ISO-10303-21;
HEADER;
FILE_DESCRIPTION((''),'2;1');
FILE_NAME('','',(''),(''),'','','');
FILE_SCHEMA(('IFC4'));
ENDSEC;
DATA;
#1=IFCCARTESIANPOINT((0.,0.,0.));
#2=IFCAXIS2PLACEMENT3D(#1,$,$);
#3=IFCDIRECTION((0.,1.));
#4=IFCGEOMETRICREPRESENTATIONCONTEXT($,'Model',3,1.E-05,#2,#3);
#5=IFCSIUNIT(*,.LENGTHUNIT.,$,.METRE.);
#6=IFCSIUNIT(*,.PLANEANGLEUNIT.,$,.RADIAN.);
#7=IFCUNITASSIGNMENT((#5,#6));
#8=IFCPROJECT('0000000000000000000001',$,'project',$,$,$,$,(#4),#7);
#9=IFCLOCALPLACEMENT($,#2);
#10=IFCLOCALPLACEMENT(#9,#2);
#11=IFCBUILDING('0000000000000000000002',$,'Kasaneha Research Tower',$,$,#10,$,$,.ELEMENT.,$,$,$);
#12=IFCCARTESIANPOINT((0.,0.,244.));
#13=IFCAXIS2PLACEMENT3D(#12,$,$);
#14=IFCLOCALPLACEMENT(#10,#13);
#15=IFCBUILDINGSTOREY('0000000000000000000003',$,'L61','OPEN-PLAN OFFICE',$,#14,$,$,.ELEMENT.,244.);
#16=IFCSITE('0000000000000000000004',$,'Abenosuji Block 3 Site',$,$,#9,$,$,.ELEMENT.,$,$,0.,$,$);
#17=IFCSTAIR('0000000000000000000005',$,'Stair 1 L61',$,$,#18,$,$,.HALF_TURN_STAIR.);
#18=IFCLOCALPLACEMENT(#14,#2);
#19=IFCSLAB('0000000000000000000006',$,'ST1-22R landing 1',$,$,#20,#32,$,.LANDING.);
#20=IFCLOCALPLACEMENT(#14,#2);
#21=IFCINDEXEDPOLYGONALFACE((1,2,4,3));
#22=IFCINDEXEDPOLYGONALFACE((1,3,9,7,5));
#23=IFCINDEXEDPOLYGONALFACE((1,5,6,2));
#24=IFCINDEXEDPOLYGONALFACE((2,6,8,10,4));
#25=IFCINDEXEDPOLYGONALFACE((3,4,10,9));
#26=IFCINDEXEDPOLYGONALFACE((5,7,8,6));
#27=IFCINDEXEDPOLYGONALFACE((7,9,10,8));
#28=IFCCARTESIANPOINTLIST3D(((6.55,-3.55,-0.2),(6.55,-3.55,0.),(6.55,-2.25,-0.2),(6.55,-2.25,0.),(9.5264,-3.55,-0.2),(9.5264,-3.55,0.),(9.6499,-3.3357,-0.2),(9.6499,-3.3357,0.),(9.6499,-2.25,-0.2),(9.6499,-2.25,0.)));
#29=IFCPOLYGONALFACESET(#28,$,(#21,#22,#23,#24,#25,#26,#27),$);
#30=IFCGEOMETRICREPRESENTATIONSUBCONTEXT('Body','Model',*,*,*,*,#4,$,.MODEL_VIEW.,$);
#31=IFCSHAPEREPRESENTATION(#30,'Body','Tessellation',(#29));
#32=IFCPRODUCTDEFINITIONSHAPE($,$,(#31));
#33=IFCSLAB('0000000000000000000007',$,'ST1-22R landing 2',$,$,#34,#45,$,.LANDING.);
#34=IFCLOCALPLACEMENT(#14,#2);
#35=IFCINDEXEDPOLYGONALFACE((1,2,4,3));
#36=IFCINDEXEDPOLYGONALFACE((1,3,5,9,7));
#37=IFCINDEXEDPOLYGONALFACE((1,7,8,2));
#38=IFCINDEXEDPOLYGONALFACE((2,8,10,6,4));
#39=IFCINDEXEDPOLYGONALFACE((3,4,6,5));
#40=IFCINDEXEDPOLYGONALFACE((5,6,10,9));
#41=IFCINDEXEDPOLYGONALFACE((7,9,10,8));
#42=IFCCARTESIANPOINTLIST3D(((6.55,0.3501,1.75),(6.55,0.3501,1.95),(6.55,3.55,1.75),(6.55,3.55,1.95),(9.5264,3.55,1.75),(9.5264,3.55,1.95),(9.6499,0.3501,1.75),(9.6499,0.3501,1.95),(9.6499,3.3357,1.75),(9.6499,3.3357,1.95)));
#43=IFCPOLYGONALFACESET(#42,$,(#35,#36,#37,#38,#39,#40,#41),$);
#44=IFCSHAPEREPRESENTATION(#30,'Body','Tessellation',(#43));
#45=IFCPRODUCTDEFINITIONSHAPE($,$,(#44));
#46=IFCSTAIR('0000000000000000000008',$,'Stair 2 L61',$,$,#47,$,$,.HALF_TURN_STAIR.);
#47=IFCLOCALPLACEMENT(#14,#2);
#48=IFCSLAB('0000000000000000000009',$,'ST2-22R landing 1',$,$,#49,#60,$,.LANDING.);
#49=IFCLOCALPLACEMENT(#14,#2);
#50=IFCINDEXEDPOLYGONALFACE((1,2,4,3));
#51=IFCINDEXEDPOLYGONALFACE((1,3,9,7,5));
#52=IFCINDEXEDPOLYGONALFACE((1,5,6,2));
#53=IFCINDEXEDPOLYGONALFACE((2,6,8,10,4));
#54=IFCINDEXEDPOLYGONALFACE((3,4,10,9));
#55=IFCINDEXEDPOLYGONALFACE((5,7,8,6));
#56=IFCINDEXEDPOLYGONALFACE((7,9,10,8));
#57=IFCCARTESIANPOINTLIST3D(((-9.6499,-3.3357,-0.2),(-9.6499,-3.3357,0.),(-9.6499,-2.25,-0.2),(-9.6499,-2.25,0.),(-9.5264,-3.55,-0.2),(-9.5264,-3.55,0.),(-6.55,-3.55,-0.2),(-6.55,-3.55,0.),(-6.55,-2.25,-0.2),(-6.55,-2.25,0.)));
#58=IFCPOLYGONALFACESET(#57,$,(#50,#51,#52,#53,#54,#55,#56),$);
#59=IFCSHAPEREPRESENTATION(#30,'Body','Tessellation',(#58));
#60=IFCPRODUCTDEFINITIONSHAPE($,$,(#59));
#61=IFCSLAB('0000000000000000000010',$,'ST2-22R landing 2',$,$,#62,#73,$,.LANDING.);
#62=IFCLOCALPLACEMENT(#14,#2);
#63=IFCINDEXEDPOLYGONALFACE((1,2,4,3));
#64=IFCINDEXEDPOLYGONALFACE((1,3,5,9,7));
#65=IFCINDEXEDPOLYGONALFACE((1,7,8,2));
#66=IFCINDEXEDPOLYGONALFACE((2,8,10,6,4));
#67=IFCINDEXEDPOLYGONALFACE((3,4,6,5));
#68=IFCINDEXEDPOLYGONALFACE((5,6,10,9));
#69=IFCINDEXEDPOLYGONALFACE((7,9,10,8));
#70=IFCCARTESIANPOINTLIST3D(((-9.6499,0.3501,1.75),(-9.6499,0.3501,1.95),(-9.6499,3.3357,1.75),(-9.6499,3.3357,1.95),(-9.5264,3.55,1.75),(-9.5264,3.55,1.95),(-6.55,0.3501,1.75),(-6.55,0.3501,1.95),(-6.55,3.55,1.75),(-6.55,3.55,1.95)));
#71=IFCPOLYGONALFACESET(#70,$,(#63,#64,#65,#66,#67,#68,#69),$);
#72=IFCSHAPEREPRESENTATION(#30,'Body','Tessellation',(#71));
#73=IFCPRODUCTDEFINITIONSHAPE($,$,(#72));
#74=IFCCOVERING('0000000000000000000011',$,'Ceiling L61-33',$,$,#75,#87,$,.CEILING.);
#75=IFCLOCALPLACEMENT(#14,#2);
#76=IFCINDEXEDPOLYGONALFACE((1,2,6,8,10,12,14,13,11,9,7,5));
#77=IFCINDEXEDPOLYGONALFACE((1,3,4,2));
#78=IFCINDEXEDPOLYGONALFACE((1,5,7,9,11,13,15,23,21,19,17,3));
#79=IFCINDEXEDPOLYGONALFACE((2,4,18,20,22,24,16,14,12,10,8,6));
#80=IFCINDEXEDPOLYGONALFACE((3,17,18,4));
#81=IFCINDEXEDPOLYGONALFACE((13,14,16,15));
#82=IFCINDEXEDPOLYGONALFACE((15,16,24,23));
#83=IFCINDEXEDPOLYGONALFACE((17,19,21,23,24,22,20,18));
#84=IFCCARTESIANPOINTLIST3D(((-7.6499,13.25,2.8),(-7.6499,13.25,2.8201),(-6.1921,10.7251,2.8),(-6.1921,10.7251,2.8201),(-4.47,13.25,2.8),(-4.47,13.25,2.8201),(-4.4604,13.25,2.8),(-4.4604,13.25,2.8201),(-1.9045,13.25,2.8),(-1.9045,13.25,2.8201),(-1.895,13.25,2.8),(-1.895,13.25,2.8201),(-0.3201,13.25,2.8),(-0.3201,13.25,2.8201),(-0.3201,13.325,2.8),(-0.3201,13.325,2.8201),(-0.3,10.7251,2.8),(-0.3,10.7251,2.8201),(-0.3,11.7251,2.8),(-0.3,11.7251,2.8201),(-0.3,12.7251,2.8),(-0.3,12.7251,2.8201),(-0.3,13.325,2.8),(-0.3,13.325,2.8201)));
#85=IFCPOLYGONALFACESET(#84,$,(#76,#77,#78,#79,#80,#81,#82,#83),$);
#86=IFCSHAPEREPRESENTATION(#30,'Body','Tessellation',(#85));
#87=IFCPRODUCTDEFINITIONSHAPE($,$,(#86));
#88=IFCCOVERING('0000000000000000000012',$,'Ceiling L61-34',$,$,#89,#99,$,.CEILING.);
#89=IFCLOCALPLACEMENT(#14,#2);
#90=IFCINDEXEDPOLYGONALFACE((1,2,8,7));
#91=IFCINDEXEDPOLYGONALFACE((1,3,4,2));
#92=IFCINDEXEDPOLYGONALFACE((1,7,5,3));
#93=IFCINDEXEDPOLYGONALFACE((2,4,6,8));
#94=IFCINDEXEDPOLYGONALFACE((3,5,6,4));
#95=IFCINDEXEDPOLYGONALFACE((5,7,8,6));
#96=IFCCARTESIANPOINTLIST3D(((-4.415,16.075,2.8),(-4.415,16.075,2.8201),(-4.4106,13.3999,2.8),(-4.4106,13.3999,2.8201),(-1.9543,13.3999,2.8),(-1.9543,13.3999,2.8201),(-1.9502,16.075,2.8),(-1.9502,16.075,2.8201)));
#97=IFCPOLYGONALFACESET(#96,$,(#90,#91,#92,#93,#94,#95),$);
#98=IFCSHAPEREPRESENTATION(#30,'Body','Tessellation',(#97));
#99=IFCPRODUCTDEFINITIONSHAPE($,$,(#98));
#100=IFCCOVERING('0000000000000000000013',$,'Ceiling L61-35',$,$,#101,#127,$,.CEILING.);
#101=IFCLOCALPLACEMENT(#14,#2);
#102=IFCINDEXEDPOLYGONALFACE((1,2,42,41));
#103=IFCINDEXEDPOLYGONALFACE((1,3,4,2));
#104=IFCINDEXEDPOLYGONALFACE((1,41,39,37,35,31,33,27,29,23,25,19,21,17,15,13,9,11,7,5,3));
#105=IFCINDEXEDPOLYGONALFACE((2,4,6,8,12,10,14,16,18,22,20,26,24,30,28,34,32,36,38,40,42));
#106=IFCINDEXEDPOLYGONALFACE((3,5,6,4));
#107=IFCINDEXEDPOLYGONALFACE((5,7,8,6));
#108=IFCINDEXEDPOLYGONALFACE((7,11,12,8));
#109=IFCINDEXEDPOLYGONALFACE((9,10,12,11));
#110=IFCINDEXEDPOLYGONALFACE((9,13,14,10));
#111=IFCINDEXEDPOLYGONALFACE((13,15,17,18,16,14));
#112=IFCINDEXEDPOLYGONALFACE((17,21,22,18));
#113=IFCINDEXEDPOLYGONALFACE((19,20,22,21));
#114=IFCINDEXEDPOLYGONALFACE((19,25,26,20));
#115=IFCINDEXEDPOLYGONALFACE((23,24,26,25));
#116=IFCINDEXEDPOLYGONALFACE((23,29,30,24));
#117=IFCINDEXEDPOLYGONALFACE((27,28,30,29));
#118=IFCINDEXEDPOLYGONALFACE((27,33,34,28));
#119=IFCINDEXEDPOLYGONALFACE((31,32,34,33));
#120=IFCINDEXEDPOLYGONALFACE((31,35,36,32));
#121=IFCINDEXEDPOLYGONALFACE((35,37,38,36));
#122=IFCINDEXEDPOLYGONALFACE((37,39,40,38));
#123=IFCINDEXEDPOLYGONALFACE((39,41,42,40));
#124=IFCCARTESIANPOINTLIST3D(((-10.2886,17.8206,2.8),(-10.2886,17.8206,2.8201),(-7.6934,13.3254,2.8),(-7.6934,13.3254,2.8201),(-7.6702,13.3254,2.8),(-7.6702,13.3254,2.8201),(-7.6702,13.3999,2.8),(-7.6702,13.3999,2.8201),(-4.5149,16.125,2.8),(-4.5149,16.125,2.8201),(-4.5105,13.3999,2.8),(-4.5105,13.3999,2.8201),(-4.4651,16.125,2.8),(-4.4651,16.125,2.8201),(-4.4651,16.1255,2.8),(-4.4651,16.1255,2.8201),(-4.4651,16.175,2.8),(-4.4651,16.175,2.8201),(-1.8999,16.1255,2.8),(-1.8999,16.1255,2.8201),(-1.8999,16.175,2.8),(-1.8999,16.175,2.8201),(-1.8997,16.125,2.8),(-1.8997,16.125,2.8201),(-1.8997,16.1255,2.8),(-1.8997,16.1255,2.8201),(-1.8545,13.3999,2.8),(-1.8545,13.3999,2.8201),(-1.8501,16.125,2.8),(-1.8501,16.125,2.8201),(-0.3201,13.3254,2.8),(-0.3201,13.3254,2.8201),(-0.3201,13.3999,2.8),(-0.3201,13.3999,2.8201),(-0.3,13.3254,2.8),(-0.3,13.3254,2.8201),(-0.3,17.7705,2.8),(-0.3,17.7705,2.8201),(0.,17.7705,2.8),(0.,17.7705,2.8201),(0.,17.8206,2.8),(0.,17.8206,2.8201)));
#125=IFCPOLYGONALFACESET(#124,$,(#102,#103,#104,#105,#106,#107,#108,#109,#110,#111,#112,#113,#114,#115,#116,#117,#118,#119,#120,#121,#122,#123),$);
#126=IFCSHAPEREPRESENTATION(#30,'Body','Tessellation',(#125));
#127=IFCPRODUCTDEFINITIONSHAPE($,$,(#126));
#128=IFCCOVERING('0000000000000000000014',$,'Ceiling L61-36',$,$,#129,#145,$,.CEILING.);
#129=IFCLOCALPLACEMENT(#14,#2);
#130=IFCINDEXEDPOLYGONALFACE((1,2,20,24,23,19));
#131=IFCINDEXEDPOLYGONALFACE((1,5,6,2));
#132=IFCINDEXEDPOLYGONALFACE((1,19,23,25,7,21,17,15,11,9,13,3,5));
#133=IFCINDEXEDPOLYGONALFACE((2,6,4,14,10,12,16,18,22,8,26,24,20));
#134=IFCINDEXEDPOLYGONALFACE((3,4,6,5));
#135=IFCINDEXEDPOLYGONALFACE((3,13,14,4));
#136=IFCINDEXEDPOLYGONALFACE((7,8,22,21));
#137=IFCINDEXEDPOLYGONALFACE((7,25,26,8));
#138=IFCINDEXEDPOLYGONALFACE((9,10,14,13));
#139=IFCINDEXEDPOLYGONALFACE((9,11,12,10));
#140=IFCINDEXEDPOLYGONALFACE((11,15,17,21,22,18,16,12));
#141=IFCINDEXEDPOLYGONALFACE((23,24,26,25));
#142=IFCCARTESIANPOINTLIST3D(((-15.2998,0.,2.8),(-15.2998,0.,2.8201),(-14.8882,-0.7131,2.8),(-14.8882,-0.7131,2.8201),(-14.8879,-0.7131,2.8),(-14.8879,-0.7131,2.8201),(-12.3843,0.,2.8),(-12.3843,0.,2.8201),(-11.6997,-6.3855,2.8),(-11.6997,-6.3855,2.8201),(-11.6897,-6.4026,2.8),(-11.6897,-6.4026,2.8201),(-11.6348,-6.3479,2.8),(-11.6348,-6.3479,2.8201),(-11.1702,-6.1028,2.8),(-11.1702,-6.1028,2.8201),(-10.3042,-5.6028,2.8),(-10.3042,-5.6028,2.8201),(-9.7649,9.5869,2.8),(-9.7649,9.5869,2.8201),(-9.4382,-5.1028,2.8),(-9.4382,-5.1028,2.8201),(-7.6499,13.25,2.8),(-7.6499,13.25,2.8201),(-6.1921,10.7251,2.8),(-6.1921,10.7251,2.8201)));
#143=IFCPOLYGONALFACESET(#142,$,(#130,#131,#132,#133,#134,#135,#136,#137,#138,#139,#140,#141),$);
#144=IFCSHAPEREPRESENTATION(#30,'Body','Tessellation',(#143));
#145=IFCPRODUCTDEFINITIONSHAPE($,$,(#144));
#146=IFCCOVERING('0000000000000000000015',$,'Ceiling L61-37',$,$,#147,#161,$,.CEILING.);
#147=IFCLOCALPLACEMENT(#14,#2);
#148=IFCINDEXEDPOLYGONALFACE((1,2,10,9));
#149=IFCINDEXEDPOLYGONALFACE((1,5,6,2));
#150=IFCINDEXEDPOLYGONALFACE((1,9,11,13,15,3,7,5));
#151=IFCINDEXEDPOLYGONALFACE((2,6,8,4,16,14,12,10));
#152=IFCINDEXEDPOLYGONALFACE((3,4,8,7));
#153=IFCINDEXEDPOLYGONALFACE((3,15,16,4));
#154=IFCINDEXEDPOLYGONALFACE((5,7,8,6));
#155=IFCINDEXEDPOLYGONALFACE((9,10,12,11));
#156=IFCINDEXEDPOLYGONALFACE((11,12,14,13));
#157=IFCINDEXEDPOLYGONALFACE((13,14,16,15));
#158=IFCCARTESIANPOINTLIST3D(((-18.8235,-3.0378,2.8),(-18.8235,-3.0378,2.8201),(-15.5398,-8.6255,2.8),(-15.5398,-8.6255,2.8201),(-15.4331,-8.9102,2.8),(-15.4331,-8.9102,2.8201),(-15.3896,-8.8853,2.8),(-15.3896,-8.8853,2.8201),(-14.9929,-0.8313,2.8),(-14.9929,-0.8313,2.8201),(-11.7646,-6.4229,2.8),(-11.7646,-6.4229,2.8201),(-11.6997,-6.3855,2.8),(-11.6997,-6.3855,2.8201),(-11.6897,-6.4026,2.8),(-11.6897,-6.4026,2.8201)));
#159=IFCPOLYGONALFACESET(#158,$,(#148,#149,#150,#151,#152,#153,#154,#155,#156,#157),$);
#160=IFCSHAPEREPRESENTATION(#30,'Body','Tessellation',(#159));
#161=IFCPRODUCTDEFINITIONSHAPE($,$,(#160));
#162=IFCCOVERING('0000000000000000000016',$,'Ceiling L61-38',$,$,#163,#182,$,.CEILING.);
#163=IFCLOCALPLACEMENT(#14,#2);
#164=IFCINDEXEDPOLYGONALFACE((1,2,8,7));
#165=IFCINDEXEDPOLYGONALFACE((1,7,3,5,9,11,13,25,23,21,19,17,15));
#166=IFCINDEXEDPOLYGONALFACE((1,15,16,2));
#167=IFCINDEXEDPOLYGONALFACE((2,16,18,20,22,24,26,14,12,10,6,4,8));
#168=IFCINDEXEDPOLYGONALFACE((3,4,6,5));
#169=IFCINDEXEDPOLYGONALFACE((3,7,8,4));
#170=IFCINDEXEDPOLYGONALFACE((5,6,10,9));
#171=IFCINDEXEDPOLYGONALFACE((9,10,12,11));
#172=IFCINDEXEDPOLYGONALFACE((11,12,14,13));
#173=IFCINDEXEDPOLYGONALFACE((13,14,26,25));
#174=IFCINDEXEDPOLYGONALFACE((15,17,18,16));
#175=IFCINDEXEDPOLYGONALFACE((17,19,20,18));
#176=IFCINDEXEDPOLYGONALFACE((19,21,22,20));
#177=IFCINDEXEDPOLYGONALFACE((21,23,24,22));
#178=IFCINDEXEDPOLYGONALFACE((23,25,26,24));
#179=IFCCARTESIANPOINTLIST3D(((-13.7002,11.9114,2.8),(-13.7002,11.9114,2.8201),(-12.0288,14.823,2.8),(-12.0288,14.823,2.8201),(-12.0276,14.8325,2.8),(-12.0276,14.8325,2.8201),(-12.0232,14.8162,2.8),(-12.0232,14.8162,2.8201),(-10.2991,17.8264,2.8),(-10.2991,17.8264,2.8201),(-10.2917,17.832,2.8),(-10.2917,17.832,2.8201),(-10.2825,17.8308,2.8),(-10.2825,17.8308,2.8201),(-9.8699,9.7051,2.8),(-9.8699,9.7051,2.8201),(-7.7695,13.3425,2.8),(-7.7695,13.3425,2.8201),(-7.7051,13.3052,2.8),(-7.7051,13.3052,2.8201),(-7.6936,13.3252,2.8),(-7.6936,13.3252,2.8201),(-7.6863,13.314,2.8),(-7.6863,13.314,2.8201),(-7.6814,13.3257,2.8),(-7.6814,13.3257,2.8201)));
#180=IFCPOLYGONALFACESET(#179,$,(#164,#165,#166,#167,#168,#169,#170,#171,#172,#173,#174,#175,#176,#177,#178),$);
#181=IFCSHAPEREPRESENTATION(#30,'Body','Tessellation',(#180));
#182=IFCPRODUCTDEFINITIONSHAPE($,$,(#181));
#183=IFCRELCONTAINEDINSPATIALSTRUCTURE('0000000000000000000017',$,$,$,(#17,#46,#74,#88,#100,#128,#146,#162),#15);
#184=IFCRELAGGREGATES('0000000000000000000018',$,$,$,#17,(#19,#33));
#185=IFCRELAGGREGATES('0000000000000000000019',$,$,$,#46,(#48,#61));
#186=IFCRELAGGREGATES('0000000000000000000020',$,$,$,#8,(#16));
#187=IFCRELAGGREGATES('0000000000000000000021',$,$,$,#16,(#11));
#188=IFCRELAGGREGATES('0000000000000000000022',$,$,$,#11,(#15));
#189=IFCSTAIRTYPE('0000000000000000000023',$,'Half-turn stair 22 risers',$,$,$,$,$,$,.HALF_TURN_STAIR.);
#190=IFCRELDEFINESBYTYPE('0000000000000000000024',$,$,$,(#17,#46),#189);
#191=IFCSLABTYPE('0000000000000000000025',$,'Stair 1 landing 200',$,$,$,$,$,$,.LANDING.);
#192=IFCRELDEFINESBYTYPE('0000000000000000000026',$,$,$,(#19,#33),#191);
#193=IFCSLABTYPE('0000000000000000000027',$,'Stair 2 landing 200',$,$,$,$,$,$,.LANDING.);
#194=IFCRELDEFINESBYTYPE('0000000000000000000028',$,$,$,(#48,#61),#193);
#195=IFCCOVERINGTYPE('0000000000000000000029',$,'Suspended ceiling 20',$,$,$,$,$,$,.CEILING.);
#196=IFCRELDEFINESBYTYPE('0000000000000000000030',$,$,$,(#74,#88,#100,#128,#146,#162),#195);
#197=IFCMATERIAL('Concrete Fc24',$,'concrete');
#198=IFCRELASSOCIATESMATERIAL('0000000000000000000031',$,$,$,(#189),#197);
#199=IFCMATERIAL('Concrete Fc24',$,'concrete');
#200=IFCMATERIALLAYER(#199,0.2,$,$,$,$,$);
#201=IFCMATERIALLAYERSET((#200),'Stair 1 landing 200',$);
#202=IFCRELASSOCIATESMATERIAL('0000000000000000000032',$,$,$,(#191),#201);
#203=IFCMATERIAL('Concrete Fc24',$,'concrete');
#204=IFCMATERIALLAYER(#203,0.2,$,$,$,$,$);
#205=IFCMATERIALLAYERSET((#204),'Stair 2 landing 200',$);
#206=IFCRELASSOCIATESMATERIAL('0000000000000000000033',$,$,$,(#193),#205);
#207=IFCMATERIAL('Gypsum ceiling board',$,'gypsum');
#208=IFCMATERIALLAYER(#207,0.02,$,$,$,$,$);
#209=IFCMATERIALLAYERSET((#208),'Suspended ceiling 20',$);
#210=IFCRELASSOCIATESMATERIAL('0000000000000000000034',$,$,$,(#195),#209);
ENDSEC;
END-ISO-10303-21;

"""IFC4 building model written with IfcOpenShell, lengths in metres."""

from ifc_helpers import new_model, si_unit, direction, frame, origin, place, context, subcontext, project, spatial, polyline, outline, extrude, material, layer, layer_set, type_object, element, aggregate, save


model = new_model("IFC4")

# Units and contexts
model_context = context("Model", 3, precision=1e-05, world=origin(), true_north=direction((0.0, 1.0)))
body_context = subcontext(model_context, "Body", "Model", "MODEL_VIEW")
ifc_project = project(units=[si_unit("LENGTHUNIT", "METRE"), si_unit("PLANEANGLEUNIT", "RADIAN")], contexts=[model_context])

# Site, building, storey
site_placement = place(None, origin())
site = spatial("IfcSite", under=ifc_project, at=site_placement, Name="Abenosuji Block 3 Site", CompositionType="ELEMENT", RefElevation=0.0)
building_placement = place(site_placement, origin())
building = spatial("IfcBuilding", under=site, at=building_placement, Name="Kasaneha Research Tower", CompositionType="ELEMENT")
storey_placement = place(building_placement, frame((0.0, 0.0, 244.0)))
storey = spatial("IfcBuildingStorey", under=building, at=storey_placement, Name="L61", Description="OPEN-PLAN OFFICE", CompositionType="ELEMENT", Elevation=244.0)

# Stairs, slabs
ifc_material_1 = material(Name="Concrete Fc24", Category="concrete")
stair_type = type_object("IfcStairType", Name="Half-turn stair 22 risers", PredefinedType="HALF_TURN_STAIR", material=ifc_material_1)
stair_1_placement = place(storey_placement, origin())
stair_1 = element("IfcStair", 1, at=stair_1_placement, inside=storey, type_object=stair_type, Name="Stair 1 L61", PredefinedType="HALF_TURN_STAIR")
ifc_material_2 = material(Name="Concrete Fc24", Category="concrete")
ifc_layer_1 = layer(ifc_material_2, 0.2)
ifc_layer_set_1 = layer_set([ifc_layer_1], Name="Stair 1 landing 200")
slab_type_1 = type_object("IfcSlabType", Name="Stair 1 landing 200", PredefinedType="LANDING", material=ifc_layer_set_1)
slab_1_placement = place(storey_placement, frame((0.0, 0.0, -0.2)))
slab_1 = element("IfcSlab", 2, at=slab_1_placement, type_object=slab_type_1, Name="ST1-22R landing 1", PredefinedType="LANDING", context=body_context, shape_type="SweptSolid", body=[
    extrude(outline(polyline([(9.5264, -3.55), (6.55, -3.55), (6.55, -2.25), (9.6499, -2.25), (9.6499, -3.3357), (9.5264, -3.55)])), origin(), (0.0, 0.0, 1.0), 0.2),
])
slab_2_placement = place(storey_placement, frame((0.0, 0.0, 1.75)))
slab_2 = element("IfcSlab", 3, at=slab_2_placement, type_object=slab_type_1, Name="ST1-22R landing 2", PredefinedType="LANDING", context=body_context, shape_type="SweptSolid", body=[
    extrude(outline(polyline([(6.55, 3.55), (9.5264, 3.55), (9.6499, 3.3357), (9.6499, 0.3501), (6.55, 0.3501), (6.55, 3.55)])), origin(), (0.0, 0.0, 1.0), 0.2),
])
aggregate(stair_1, [slab_1, slab_2])
stair_2_placement = place(storey_placement, origin())
stair_2 = element("IfcStair", 4, at=stair_2_placement, inside=storey, type_object=stair_type, Name="Stair 2 L61", PredefinedType="HALF_TURN_STAIR")
ifc_material_3 = material(Name="Concrete Fc24", Category="concrete")
ifc_layer_2 = layer(ifc_material_3, 0.2)
ifc_layer_set_2 = layer_set([ifc_layer_2], Name="Stair 2 landing 200")
slab_type_2 = type_object("IfcSlabType", Name="Stair 2 landing 200", PredefinedType="LANDING", material=ifc_layer_set_2)
slab_3_placement = place(storey_placement, frame((0.0, 0.0, -0.2)))
slab_3 = element("IfcSlab", 5, at=slab_3_placement, type_object=slab_type_2, Name="ST2-22R landing 1", PredefinedType="LANDING", context=body_context, shape_type="SweptSolid", body=[
    extrude(outline(polyline([(-6.55, -3.55), (-9.5264, -3.55), (-9.6499, -3.3357), (-9.6499, -2.25), (-6.55, -2.25), (-6.55, -3.55)])), origin(), (0.0, 0.0, 1.0), 0.2),
])
slab_4_placement = place(storey_placement, frame((0.0, 0.0, 1.75)))
slab_4 = element("IfcSlab", 6, at=slab_4_placement, type_object=slab_type_2, Name="ST2-22R landing 2", PredefinedType="LANDING", context=body_context, shape_type="SweptSolid", body=[
    extrude(outline(polyline([(-6.55, 0.3501), (-9.6499, 0.3501), (-9.6499, 3.3357), (-9.5264, 3.55), (-6.55, 3.55), (-6.55, 0.3501)])), origin(), (0.0, 0.0, 1.0), 0.2),
])
aggregate(stair_2, [slab_3, slab_4])

# Coverings
ifc_material_4 = material(Name="Gypsum ceiling board", Category="gypsum")
ifc_layer_3 = layer(ifc_material_4, 0.02)
ifc_layer_set_3 = layer_set([ifc_layer_3], Name="Suspended ceiling 20")
covering_type_1 = type_object("IfcCoveringType", Name="Suspended ceiling 20", PredefinedType="CEILING", material=ifc_layer_set_3)
covering_1_placement = place(storey_placement, frame((0.0, 0.0, 2.8)))
element("IfcCovering", 7, at=covering_1_placement, inside=storey, type_object=covering_type_1, Name="Ceiling L61-33", PredefinedType="CEILING", context=body_context, shape_type="SweptSolid", body=[
    extrude(outline(polyline([(-0.3, 11.7251), (-0.3, 10.7251), (-6.1921, 10.7251), (-7.6499, 13.25), (-7.6499, 13.25), (-4.47, 13.25), (-4.4604, 13.25), (-1.9045, 13.25), (-1.895, 13.25), (-0.3201, 13.25), (-0.3201, 13.325), (-0.3, 13.325), (-0.3, 12.7251), (-0.3, 11.7251)])), origin(), (0.0, 0.0, 1.0), 0.02),
])
covering_2_placement = place(storey_placement, frame((0.0, 0.0, 2.8)))
element("IfcCovering", 8, at=covering_2_placement, inside=storey, type_object=covering_type_1, Name="Ceiling L61-34", PredefinedType="CEILING", context=body_context, shape_type="SweptSolid", body=[
    extrude(outline(polyline([(-1.9502, 16.075), (-1.9543, 13.3999), (-4.4106, 13.3999), (-4.415, 16.075), (-1.9502, 16.075)])), origin(), (0.0, 0.0, 1.0), 0.02),
])
covering_3_placement = place(storey_placement, frame((0.0, 0.0, 2.8)))
element("IfcCovering", 9, at=covering_3_placement, inside=storey, type_object=covering_type_1, Name="Ceiling L61-35", PredefinedType="CEILING", context=body_context, shape_type="SweptSolid", body=[
    extrude(outline(polyline([(-0.3201, 13.3254), (-0.3201, 13.3999), (-1.8545, 13.3999), (-1.8501, 16.125), (-1.8997, 16.125), (-1.8997, 16.1255), (-1.8999, 16.1255), (-1.8999, 16.175), (-4.4651, 16.175), (-4.4651, 16.1255), (-4.4651, 16.125), (-4.5149, 16.125), (-4.5105, 13.3999), (-7.6702, 13.3999), (-7.6702, 13.3254), (-7.6934, 13.3254), (-10.2886, 17.8206), (0.0, 17.8206), (0.0, 17.7705), (-0.3, 17.7705), (-0.3, 17.7705), (-0.3, 13.3254), (-0.3201, 13.3254)])), origin(), (0.0, 0.0, 1.0), 0.02),
])
covering_4_placement = place(storey_placement, frame((0.0, 0.0, 2.8)))
element("IfcCovering", 10, at=covering_4_placement, inside=storey, type_object=covering_type_1, Name="Ceiling L61-36", PredefinedType="CEILING", context=body_context, shape_type="SweptSolid", body=[
    extrude(outline(polyline([(-12.3843, 0.0), (-9.4382, -5.1028), (-10.3042, -5.6028), (-10.3042, -5.6028), (-11.1702, -6.1028), (-11.1702, -6.1028), (-11.6897, -6.4026), (-11.6997, -6.3855), (-11.6348, -6.3479), (-14.8882, -0.7131), (-14.8879, -0.7131), (-15.2998, 0.0), (-9.7649, 9.5869), (-9.7649, 9.5869), (-7.6499, 13.25), (-6.1921, 10.7251), (-12.3843, 0.0)])), origin(), (0.0, 0.0, 1.0), 0.02),
])
covering_5_placement = place(storey_placement, frame((0.0, 0.0, 2.8)))
element("IfcCovering", 11, at=covering_5_placement, inside=storey, type_object=covering_type_1, Name="Ceiling L61-37", PredefinedType="CEILING", context=body_context, shape_type="SweptSolid", body=[
    extrude(outline(polyline([(-15.5398, -8.6255), (-15.5398, -8.6255), (-15.3896, -8.8853), (-15.4331, -8.9102), (-18.8235, -3.0378), (-14.9929, -0.8313), (-11.7646, -6.4229), (-11.6997, -6.3855), (-11.6897, -6.4026), (-11.4299, -6.2527), (-15.5398, -8.6255), (-15.5398, -8.6255)])), origin(), (0.0, 0.0, 1.0), 0.02),
])
covering_6_placement = place(storey_placement, frame((0.0, 0.0, 2.8)))
element("IfcCovering", 12, at=covering_6_placement, inside=storey, type_object=covering_type_1, Name="Ceiling L61-38", PredefinedType="CEILING", context=body_context, shape_type="SweptSolid", body=[
    extrude(outline(polyline([(-12.0276, 14.8325), (-10.2991, 17.8264), (-10.2917, 17.832), (-10.2825, 17.8308), (-7.6814, 13.3257), (-7.6863, 13.314), (-7.6936, 13.3252), (-7.7051, 13.3052), (-7.7695, 13.3425), (-9.8699, 9.7051), (-13.7002, 11.9114), (-12.0232, 14.8162), (-12.0288, 14.823), (-12.0276, 14.8325)])), origin(), (0.0, 0.0, 1.0), 0.02),
])

save(model, "model.ifc")
